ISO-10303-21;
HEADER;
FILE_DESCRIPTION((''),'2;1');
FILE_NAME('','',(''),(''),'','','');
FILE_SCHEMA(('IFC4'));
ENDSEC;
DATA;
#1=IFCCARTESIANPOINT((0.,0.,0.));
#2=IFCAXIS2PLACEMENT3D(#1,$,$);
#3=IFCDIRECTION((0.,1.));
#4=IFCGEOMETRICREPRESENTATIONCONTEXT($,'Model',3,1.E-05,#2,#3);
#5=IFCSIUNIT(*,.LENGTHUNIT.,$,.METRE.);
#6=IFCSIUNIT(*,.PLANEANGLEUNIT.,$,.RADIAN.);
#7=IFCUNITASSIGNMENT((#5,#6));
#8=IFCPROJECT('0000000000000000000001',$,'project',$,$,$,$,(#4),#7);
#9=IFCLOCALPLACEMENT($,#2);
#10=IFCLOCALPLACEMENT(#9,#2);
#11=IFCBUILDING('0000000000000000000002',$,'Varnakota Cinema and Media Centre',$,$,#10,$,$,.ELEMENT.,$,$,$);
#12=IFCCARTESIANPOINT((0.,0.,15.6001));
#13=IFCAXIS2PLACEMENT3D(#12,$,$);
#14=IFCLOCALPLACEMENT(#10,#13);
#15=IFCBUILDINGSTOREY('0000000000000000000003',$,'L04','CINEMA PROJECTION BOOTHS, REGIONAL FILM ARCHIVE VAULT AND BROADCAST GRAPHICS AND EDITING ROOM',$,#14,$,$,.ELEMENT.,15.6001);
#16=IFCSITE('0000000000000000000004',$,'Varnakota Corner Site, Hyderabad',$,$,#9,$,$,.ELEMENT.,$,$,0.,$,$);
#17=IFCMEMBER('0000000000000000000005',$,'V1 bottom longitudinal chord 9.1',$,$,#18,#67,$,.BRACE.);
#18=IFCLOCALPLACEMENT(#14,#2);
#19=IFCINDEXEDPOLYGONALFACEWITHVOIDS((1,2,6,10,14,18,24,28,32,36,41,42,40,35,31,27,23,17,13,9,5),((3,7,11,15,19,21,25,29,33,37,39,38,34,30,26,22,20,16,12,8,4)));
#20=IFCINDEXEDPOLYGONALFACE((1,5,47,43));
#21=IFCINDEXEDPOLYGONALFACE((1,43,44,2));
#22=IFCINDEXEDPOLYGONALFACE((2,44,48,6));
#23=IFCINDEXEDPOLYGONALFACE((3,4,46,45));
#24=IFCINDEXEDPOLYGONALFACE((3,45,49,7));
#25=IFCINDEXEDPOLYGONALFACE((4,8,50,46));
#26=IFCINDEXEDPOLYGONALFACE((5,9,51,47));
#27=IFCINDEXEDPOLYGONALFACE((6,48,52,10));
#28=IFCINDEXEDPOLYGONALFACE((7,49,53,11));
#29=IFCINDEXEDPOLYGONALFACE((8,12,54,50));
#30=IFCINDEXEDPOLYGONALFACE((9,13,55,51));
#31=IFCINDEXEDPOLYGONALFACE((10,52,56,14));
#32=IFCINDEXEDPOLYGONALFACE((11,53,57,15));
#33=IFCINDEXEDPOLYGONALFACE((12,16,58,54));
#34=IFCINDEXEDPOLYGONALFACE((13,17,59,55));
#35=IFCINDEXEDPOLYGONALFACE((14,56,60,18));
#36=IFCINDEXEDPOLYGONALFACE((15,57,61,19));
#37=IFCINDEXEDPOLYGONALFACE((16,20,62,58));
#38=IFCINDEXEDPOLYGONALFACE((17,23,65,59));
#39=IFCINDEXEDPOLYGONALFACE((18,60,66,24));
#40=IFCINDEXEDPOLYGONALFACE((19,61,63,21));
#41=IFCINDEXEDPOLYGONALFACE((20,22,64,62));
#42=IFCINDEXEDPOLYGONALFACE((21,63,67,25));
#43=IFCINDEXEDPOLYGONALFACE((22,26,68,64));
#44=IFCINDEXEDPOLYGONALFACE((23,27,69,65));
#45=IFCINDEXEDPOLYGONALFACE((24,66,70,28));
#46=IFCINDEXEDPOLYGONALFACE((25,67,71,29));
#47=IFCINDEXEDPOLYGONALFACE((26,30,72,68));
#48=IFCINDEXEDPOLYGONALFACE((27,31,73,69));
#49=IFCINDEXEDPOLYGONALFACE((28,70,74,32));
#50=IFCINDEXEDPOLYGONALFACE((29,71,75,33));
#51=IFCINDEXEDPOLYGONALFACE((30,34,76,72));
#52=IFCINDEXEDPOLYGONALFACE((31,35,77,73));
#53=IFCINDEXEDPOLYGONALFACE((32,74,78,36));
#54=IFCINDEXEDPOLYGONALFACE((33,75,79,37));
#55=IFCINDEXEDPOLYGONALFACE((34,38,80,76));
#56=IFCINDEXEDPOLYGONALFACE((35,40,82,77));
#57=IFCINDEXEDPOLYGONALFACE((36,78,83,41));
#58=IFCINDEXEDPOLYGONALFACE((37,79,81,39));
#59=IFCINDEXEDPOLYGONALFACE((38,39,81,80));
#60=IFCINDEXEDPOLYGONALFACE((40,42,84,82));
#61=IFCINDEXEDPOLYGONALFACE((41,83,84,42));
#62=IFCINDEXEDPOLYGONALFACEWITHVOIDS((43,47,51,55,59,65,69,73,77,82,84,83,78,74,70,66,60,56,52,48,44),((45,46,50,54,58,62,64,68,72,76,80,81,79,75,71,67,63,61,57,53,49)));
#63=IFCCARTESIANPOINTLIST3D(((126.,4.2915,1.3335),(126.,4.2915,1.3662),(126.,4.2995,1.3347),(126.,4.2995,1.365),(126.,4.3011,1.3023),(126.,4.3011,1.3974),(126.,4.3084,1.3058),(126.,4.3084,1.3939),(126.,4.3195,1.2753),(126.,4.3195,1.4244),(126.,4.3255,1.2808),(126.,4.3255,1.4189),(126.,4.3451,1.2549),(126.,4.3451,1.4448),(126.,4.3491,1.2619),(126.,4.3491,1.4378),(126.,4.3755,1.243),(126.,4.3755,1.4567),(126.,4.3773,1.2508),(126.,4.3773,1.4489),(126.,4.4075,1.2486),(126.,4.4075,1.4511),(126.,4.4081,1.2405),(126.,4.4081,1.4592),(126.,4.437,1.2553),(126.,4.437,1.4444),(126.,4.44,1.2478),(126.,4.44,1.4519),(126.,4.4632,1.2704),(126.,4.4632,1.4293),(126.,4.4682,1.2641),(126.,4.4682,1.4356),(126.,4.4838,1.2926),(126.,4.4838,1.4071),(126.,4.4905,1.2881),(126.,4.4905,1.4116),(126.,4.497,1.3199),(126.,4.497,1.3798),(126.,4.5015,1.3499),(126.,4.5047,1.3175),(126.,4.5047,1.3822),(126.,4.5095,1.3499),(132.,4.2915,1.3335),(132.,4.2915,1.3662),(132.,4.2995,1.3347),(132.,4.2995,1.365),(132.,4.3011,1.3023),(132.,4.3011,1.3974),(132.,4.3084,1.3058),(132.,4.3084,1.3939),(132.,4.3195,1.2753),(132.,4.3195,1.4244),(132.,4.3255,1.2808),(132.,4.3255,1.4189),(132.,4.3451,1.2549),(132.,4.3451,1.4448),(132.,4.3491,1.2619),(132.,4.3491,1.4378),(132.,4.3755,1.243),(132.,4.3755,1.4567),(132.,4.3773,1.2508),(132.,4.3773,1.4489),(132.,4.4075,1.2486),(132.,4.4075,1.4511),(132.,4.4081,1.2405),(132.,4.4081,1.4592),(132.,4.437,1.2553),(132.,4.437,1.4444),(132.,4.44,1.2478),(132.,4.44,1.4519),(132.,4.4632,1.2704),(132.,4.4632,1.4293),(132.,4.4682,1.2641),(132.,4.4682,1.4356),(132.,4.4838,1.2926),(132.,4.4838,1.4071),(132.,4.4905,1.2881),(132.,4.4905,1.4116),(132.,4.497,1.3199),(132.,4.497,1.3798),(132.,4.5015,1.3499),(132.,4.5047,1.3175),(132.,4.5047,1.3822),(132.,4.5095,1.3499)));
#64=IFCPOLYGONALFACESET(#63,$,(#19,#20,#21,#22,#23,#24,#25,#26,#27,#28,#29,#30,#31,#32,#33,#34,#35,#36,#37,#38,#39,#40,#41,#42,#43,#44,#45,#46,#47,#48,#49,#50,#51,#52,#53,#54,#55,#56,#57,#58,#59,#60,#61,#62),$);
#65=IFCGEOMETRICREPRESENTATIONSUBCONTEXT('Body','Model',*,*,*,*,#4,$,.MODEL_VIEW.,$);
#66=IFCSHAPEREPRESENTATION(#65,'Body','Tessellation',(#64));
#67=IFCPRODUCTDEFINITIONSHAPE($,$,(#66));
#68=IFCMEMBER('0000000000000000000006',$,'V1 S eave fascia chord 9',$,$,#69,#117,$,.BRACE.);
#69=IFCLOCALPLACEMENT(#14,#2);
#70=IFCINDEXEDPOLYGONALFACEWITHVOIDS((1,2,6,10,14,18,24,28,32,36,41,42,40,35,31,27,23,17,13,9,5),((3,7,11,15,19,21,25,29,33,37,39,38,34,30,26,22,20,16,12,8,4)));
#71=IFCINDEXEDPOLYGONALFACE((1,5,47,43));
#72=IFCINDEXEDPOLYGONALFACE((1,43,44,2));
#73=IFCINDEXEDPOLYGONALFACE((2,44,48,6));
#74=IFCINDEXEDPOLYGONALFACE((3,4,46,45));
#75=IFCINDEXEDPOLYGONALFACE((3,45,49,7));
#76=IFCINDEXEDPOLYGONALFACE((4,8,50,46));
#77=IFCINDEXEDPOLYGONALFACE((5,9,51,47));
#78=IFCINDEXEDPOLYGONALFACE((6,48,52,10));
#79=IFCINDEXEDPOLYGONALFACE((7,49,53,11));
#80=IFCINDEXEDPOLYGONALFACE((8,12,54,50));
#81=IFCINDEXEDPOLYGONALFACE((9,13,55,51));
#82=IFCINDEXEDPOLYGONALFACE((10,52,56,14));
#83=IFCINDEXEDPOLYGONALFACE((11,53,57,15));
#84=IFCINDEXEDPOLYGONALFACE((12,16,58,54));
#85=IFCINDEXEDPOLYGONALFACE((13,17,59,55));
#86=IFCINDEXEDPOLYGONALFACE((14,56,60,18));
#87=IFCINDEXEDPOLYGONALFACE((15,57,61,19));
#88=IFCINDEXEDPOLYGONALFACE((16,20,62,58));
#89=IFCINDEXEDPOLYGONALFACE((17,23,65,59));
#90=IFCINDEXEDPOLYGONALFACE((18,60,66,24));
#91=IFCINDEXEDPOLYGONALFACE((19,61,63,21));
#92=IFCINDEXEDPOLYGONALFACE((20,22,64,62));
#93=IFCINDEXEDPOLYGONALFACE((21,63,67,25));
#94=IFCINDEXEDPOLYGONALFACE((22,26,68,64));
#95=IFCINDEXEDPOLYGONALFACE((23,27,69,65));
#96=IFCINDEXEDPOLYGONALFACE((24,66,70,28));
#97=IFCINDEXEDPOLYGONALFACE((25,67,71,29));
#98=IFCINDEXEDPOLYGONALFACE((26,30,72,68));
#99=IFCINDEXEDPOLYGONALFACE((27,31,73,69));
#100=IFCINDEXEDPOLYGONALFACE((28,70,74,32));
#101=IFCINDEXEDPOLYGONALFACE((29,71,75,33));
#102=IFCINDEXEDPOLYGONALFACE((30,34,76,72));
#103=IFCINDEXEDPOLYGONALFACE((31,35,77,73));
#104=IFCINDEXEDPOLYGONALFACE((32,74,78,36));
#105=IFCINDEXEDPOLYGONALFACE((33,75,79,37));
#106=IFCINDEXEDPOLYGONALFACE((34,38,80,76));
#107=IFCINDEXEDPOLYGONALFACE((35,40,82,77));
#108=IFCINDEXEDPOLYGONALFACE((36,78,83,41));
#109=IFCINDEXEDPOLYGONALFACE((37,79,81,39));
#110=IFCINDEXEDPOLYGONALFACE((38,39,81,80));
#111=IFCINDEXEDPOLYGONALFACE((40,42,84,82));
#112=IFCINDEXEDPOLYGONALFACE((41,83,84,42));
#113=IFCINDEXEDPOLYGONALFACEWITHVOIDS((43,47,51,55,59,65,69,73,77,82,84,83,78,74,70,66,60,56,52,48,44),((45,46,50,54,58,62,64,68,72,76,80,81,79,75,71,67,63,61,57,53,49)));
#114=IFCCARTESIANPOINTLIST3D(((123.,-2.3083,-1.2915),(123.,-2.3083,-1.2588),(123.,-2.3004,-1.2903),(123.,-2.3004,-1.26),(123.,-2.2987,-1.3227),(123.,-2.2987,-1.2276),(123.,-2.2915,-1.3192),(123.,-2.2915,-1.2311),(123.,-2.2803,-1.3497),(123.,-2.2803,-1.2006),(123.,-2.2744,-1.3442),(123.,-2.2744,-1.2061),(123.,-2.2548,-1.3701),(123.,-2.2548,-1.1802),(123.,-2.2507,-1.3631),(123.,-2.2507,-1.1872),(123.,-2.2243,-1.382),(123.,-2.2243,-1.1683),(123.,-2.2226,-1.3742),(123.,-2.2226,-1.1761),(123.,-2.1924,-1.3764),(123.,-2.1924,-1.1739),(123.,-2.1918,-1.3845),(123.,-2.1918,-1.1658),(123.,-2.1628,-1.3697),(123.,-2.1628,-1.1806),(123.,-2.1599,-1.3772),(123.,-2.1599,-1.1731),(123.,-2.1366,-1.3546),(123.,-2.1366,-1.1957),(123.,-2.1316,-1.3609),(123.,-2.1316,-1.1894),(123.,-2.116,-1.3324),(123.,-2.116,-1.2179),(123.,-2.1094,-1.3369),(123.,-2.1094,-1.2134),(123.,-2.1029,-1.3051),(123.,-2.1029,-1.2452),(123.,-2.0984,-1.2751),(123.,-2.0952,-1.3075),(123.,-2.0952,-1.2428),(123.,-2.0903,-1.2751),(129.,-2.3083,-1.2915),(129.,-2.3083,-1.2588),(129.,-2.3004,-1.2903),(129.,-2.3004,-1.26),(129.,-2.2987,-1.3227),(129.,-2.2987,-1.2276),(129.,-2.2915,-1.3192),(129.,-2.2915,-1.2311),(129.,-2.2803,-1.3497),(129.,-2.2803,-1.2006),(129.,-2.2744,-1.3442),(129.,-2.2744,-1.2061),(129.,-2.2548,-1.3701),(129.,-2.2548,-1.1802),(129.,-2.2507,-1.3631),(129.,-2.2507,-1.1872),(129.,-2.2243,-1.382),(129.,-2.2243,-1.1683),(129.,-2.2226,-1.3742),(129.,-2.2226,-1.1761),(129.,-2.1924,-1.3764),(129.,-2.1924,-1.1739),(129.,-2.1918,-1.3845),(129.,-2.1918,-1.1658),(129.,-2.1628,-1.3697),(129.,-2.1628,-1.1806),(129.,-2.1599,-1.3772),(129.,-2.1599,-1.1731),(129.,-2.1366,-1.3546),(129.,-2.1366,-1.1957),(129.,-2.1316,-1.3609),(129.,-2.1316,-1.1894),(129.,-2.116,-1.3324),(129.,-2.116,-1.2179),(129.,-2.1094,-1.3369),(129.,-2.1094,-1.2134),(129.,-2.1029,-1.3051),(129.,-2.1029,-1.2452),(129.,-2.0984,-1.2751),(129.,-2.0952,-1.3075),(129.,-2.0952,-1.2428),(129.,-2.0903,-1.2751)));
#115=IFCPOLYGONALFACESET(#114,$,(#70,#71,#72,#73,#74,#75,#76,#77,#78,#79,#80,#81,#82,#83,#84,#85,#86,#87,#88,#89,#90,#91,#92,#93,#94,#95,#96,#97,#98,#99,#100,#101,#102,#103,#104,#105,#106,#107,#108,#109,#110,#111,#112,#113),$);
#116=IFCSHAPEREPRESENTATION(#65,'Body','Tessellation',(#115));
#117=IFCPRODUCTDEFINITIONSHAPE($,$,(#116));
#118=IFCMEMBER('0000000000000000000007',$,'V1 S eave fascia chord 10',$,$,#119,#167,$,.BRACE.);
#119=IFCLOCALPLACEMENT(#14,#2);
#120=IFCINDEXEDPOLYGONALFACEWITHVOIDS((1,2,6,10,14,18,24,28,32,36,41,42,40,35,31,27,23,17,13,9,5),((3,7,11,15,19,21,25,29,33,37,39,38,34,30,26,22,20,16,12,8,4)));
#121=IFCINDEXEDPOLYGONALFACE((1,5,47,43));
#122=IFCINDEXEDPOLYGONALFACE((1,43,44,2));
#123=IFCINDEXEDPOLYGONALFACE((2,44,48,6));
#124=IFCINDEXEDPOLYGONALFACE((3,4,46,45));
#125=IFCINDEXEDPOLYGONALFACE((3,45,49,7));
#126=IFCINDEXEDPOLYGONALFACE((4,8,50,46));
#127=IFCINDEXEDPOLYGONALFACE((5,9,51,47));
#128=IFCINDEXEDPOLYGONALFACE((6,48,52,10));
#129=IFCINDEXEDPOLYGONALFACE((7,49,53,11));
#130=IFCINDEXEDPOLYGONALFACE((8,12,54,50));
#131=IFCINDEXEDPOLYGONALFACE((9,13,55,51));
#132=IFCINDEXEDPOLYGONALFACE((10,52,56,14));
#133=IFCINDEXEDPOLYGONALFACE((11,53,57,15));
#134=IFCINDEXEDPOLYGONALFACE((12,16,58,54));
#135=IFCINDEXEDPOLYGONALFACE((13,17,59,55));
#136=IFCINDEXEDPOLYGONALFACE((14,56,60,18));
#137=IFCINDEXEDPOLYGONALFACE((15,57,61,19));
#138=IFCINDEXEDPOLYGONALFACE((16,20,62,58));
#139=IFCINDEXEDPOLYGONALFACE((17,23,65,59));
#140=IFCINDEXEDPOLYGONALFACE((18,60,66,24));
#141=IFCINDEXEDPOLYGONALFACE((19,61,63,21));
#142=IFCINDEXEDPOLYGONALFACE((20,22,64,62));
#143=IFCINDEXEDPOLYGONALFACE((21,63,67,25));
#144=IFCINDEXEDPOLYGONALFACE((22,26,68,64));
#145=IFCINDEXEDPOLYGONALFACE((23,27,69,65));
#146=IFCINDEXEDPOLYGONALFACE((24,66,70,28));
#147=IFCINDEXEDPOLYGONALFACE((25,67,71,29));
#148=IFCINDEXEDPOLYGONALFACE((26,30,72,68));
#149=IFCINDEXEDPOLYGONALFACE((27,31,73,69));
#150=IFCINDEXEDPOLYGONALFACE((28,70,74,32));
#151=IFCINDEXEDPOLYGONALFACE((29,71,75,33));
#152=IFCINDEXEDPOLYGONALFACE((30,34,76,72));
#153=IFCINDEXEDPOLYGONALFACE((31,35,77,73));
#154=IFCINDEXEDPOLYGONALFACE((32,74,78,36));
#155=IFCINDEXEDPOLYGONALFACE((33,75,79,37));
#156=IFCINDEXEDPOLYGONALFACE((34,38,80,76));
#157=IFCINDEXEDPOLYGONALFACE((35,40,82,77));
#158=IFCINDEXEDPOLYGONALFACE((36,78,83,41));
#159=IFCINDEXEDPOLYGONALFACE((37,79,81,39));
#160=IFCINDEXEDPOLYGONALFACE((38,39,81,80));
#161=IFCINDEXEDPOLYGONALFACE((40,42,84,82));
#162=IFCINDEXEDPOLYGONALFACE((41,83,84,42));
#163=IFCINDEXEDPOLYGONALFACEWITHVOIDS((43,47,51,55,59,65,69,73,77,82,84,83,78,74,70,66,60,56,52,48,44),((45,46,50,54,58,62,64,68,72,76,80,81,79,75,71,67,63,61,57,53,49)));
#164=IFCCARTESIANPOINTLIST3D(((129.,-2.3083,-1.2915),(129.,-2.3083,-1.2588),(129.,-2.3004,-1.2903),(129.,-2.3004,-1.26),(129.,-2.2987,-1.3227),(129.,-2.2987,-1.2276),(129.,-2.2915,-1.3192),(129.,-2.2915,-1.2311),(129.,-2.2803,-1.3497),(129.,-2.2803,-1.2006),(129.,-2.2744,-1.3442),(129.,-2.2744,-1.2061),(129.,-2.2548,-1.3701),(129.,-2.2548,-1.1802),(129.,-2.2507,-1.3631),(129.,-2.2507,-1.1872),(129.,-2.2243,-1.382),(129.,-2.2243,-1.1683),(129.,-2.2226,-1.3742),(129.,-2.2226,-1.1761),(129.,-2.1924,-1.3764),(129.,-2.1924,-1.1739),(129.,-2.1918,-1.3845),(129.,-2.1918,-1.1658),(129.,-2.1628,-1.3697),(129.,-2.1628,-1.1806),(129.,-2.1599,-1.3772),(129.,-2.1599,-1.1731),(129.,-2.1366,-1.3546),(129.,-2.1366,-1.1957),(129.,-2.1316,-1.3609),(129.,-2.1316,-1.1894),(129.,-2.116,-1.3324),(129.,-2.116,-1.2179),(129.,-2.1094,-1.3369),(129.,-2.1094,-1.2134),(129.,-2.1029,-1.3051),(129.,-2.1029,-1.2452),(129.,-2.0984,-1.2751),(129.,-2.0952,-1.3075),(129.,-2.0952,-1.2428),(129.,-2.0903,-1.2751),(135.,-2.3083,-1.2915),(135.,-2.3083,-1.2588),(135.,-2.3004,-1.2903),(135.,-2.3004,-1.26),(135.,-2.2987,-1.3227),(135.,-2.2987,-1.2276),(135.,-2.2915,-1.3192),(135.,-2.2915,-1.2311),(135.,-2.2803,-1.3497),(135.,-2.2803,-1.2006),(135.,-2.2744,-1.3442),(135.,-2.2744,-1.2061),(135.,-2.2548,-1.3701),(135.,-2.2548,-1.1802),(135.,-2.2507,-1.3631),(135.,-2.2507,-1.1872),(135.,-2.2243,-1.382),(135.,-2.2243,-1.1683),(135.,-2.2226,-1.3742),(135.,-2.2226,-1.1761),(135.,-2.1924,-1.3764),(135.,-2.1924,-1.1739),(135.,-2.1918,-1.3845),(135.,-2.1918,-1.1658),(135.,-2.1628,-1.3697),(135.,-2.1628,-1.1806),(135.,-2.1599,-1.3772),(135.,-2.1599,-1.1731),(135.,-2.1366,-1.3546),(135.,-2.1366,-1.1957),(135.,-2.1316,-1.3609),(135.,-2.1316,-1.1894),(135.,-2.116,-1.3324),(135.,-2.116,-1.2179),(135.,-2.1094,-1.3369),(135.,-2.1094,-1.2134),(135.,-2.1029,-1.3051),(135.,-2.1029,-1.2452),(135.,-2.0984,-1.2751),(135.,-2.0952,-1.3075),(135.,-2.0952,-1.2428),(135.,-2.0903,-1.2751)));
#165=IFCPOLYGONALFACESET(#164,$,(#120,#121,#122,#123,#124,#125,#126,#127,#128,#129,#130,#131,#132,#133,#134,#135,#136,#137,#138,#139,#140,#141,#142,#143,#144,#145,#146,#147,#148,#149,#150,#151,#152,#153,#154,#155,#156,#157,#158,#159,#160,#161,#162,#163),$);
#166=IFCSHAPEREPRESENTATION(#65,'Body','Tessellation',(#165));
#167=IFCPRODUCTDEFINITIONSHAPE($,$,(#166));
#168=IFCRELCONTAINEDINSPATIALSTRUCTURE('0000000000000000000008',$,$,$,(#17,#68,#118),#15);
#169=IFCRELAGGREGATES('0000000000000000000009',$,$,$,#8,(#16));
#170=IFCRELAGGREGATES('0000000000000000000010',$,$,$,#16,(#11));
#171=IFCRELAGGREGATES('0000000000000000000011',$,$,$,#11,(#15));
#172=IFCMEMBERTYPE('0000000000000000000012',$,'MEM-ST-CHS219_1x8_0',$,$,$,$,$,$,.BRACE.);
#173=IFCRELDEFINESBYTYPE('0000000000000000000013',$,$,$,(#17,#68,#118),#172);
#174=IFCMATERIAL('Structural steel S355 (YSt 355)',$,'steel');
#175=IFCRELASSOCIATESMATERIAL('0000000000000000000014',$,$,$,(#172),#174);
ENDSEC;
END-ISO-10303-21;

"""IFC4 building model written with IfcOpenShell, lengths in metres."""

from ifc_helpers import new_model, si_unit, direction, frame, origin, origin_2d, place, context, subcontext, project, spatial, hollow_circle, extrude, material, material_profile, profile_set, type_object, element, save


model = new_model("IFC4")

# Units and contexts
model_context = context("Model", 3, precision=1e-05, world=origin(), true_north=direction((0.0, 1.0)))
body_context = subcontext(model_context, "Body", "Model", "MODEL_VIEW")
ifc_project = project(units=[si_unit("LENGTHUNIT", "METRE"), si_unit("PLANEANGLEUNIT", "RADIAN")], contexts=[model_context])

# Site, building, storey
site_placement = place(None, origin())
site = spatial("IfcSite", under=ifc_project, at=site_placement, Name="Varnakota Corner Site, Hyderabad", CompositionType="ELEMENT", RefElevation=0.0)
building_placement = place(site_placement, origin())
building = spatial("IfcBuilding", under=site, at=building_placement, Name="Varnakota Cinema and Media Centre", CompositionType="ELEMENT")
storey_placement = place(building_placement, frame((0.0, 0.0, 15.6001)))
storey = spatial("IfcBuildingStorey", under=building, at=storey_placement, Name="L04", Description="CINEMA PROJECTION BOOTHS, REGIONAL FILM ARCHIVE VAULT AND BROADCAST GRAPHICS AND EDITING ROOM", CompositionType="ELEMENT", Elevation=15.6001)

# Members
ifc_material_1 = material(Name="Structural steel S355 (YSt 355)", Category="steel")
ifc_material_profile_1 = material_profile(ifc_material_1, hollow_circle(Radius=0.1096, WallThickness=0.0081, at=origin_2d()), Name="CHS 219.1x8.0")
ifc_profile_set_1 = profile_set([ifc_material_profile_1], Name="Structural steel S355 (YSt 355)")
member_type_1 = type_object("IfcMemberType", Name="MEM-ST-CHS219_1x8_0", PredefinedType="BRACE", material=ifc_profile_set_1)
for number, where, z_axis, x_axis, name in (
    (1, (126.0, 4.3999, 1.3499), (1.0, 0.0, 0.0), (0.0, 1.0, 0.0), "V1 bottom longitudinal chord 9.1"),
    (2, (123.0, -2.2, -1.2751), (1.0, 0.0, 0.0), (0.0, 1.0, 0.0), "V1 S eave fascia chord 9"),
    (3, (129.0, -2.2, -1.2751), (1.0, 0.0, 0.0), (0.0, 1.0, 0.0), "V1 S eave fascia chord 10"),
):
    element("IfcMember", number, at=place(storey_placement, frame(where, z_axis=z_axis, x_axis=x_axis)), inside=storey, type_object=member_type_1, Name=name, PredefinedType="BRACE", context=body_context, shape_type="SweptSolid", body=[
        extrude(hollow_circle(Radius=0.1096, WallThickness=0.0081, at=origin_2d()), origin(), (0.0, 0.0, 1.0), 6.0),
    ])

save(model, "model.ifc")
